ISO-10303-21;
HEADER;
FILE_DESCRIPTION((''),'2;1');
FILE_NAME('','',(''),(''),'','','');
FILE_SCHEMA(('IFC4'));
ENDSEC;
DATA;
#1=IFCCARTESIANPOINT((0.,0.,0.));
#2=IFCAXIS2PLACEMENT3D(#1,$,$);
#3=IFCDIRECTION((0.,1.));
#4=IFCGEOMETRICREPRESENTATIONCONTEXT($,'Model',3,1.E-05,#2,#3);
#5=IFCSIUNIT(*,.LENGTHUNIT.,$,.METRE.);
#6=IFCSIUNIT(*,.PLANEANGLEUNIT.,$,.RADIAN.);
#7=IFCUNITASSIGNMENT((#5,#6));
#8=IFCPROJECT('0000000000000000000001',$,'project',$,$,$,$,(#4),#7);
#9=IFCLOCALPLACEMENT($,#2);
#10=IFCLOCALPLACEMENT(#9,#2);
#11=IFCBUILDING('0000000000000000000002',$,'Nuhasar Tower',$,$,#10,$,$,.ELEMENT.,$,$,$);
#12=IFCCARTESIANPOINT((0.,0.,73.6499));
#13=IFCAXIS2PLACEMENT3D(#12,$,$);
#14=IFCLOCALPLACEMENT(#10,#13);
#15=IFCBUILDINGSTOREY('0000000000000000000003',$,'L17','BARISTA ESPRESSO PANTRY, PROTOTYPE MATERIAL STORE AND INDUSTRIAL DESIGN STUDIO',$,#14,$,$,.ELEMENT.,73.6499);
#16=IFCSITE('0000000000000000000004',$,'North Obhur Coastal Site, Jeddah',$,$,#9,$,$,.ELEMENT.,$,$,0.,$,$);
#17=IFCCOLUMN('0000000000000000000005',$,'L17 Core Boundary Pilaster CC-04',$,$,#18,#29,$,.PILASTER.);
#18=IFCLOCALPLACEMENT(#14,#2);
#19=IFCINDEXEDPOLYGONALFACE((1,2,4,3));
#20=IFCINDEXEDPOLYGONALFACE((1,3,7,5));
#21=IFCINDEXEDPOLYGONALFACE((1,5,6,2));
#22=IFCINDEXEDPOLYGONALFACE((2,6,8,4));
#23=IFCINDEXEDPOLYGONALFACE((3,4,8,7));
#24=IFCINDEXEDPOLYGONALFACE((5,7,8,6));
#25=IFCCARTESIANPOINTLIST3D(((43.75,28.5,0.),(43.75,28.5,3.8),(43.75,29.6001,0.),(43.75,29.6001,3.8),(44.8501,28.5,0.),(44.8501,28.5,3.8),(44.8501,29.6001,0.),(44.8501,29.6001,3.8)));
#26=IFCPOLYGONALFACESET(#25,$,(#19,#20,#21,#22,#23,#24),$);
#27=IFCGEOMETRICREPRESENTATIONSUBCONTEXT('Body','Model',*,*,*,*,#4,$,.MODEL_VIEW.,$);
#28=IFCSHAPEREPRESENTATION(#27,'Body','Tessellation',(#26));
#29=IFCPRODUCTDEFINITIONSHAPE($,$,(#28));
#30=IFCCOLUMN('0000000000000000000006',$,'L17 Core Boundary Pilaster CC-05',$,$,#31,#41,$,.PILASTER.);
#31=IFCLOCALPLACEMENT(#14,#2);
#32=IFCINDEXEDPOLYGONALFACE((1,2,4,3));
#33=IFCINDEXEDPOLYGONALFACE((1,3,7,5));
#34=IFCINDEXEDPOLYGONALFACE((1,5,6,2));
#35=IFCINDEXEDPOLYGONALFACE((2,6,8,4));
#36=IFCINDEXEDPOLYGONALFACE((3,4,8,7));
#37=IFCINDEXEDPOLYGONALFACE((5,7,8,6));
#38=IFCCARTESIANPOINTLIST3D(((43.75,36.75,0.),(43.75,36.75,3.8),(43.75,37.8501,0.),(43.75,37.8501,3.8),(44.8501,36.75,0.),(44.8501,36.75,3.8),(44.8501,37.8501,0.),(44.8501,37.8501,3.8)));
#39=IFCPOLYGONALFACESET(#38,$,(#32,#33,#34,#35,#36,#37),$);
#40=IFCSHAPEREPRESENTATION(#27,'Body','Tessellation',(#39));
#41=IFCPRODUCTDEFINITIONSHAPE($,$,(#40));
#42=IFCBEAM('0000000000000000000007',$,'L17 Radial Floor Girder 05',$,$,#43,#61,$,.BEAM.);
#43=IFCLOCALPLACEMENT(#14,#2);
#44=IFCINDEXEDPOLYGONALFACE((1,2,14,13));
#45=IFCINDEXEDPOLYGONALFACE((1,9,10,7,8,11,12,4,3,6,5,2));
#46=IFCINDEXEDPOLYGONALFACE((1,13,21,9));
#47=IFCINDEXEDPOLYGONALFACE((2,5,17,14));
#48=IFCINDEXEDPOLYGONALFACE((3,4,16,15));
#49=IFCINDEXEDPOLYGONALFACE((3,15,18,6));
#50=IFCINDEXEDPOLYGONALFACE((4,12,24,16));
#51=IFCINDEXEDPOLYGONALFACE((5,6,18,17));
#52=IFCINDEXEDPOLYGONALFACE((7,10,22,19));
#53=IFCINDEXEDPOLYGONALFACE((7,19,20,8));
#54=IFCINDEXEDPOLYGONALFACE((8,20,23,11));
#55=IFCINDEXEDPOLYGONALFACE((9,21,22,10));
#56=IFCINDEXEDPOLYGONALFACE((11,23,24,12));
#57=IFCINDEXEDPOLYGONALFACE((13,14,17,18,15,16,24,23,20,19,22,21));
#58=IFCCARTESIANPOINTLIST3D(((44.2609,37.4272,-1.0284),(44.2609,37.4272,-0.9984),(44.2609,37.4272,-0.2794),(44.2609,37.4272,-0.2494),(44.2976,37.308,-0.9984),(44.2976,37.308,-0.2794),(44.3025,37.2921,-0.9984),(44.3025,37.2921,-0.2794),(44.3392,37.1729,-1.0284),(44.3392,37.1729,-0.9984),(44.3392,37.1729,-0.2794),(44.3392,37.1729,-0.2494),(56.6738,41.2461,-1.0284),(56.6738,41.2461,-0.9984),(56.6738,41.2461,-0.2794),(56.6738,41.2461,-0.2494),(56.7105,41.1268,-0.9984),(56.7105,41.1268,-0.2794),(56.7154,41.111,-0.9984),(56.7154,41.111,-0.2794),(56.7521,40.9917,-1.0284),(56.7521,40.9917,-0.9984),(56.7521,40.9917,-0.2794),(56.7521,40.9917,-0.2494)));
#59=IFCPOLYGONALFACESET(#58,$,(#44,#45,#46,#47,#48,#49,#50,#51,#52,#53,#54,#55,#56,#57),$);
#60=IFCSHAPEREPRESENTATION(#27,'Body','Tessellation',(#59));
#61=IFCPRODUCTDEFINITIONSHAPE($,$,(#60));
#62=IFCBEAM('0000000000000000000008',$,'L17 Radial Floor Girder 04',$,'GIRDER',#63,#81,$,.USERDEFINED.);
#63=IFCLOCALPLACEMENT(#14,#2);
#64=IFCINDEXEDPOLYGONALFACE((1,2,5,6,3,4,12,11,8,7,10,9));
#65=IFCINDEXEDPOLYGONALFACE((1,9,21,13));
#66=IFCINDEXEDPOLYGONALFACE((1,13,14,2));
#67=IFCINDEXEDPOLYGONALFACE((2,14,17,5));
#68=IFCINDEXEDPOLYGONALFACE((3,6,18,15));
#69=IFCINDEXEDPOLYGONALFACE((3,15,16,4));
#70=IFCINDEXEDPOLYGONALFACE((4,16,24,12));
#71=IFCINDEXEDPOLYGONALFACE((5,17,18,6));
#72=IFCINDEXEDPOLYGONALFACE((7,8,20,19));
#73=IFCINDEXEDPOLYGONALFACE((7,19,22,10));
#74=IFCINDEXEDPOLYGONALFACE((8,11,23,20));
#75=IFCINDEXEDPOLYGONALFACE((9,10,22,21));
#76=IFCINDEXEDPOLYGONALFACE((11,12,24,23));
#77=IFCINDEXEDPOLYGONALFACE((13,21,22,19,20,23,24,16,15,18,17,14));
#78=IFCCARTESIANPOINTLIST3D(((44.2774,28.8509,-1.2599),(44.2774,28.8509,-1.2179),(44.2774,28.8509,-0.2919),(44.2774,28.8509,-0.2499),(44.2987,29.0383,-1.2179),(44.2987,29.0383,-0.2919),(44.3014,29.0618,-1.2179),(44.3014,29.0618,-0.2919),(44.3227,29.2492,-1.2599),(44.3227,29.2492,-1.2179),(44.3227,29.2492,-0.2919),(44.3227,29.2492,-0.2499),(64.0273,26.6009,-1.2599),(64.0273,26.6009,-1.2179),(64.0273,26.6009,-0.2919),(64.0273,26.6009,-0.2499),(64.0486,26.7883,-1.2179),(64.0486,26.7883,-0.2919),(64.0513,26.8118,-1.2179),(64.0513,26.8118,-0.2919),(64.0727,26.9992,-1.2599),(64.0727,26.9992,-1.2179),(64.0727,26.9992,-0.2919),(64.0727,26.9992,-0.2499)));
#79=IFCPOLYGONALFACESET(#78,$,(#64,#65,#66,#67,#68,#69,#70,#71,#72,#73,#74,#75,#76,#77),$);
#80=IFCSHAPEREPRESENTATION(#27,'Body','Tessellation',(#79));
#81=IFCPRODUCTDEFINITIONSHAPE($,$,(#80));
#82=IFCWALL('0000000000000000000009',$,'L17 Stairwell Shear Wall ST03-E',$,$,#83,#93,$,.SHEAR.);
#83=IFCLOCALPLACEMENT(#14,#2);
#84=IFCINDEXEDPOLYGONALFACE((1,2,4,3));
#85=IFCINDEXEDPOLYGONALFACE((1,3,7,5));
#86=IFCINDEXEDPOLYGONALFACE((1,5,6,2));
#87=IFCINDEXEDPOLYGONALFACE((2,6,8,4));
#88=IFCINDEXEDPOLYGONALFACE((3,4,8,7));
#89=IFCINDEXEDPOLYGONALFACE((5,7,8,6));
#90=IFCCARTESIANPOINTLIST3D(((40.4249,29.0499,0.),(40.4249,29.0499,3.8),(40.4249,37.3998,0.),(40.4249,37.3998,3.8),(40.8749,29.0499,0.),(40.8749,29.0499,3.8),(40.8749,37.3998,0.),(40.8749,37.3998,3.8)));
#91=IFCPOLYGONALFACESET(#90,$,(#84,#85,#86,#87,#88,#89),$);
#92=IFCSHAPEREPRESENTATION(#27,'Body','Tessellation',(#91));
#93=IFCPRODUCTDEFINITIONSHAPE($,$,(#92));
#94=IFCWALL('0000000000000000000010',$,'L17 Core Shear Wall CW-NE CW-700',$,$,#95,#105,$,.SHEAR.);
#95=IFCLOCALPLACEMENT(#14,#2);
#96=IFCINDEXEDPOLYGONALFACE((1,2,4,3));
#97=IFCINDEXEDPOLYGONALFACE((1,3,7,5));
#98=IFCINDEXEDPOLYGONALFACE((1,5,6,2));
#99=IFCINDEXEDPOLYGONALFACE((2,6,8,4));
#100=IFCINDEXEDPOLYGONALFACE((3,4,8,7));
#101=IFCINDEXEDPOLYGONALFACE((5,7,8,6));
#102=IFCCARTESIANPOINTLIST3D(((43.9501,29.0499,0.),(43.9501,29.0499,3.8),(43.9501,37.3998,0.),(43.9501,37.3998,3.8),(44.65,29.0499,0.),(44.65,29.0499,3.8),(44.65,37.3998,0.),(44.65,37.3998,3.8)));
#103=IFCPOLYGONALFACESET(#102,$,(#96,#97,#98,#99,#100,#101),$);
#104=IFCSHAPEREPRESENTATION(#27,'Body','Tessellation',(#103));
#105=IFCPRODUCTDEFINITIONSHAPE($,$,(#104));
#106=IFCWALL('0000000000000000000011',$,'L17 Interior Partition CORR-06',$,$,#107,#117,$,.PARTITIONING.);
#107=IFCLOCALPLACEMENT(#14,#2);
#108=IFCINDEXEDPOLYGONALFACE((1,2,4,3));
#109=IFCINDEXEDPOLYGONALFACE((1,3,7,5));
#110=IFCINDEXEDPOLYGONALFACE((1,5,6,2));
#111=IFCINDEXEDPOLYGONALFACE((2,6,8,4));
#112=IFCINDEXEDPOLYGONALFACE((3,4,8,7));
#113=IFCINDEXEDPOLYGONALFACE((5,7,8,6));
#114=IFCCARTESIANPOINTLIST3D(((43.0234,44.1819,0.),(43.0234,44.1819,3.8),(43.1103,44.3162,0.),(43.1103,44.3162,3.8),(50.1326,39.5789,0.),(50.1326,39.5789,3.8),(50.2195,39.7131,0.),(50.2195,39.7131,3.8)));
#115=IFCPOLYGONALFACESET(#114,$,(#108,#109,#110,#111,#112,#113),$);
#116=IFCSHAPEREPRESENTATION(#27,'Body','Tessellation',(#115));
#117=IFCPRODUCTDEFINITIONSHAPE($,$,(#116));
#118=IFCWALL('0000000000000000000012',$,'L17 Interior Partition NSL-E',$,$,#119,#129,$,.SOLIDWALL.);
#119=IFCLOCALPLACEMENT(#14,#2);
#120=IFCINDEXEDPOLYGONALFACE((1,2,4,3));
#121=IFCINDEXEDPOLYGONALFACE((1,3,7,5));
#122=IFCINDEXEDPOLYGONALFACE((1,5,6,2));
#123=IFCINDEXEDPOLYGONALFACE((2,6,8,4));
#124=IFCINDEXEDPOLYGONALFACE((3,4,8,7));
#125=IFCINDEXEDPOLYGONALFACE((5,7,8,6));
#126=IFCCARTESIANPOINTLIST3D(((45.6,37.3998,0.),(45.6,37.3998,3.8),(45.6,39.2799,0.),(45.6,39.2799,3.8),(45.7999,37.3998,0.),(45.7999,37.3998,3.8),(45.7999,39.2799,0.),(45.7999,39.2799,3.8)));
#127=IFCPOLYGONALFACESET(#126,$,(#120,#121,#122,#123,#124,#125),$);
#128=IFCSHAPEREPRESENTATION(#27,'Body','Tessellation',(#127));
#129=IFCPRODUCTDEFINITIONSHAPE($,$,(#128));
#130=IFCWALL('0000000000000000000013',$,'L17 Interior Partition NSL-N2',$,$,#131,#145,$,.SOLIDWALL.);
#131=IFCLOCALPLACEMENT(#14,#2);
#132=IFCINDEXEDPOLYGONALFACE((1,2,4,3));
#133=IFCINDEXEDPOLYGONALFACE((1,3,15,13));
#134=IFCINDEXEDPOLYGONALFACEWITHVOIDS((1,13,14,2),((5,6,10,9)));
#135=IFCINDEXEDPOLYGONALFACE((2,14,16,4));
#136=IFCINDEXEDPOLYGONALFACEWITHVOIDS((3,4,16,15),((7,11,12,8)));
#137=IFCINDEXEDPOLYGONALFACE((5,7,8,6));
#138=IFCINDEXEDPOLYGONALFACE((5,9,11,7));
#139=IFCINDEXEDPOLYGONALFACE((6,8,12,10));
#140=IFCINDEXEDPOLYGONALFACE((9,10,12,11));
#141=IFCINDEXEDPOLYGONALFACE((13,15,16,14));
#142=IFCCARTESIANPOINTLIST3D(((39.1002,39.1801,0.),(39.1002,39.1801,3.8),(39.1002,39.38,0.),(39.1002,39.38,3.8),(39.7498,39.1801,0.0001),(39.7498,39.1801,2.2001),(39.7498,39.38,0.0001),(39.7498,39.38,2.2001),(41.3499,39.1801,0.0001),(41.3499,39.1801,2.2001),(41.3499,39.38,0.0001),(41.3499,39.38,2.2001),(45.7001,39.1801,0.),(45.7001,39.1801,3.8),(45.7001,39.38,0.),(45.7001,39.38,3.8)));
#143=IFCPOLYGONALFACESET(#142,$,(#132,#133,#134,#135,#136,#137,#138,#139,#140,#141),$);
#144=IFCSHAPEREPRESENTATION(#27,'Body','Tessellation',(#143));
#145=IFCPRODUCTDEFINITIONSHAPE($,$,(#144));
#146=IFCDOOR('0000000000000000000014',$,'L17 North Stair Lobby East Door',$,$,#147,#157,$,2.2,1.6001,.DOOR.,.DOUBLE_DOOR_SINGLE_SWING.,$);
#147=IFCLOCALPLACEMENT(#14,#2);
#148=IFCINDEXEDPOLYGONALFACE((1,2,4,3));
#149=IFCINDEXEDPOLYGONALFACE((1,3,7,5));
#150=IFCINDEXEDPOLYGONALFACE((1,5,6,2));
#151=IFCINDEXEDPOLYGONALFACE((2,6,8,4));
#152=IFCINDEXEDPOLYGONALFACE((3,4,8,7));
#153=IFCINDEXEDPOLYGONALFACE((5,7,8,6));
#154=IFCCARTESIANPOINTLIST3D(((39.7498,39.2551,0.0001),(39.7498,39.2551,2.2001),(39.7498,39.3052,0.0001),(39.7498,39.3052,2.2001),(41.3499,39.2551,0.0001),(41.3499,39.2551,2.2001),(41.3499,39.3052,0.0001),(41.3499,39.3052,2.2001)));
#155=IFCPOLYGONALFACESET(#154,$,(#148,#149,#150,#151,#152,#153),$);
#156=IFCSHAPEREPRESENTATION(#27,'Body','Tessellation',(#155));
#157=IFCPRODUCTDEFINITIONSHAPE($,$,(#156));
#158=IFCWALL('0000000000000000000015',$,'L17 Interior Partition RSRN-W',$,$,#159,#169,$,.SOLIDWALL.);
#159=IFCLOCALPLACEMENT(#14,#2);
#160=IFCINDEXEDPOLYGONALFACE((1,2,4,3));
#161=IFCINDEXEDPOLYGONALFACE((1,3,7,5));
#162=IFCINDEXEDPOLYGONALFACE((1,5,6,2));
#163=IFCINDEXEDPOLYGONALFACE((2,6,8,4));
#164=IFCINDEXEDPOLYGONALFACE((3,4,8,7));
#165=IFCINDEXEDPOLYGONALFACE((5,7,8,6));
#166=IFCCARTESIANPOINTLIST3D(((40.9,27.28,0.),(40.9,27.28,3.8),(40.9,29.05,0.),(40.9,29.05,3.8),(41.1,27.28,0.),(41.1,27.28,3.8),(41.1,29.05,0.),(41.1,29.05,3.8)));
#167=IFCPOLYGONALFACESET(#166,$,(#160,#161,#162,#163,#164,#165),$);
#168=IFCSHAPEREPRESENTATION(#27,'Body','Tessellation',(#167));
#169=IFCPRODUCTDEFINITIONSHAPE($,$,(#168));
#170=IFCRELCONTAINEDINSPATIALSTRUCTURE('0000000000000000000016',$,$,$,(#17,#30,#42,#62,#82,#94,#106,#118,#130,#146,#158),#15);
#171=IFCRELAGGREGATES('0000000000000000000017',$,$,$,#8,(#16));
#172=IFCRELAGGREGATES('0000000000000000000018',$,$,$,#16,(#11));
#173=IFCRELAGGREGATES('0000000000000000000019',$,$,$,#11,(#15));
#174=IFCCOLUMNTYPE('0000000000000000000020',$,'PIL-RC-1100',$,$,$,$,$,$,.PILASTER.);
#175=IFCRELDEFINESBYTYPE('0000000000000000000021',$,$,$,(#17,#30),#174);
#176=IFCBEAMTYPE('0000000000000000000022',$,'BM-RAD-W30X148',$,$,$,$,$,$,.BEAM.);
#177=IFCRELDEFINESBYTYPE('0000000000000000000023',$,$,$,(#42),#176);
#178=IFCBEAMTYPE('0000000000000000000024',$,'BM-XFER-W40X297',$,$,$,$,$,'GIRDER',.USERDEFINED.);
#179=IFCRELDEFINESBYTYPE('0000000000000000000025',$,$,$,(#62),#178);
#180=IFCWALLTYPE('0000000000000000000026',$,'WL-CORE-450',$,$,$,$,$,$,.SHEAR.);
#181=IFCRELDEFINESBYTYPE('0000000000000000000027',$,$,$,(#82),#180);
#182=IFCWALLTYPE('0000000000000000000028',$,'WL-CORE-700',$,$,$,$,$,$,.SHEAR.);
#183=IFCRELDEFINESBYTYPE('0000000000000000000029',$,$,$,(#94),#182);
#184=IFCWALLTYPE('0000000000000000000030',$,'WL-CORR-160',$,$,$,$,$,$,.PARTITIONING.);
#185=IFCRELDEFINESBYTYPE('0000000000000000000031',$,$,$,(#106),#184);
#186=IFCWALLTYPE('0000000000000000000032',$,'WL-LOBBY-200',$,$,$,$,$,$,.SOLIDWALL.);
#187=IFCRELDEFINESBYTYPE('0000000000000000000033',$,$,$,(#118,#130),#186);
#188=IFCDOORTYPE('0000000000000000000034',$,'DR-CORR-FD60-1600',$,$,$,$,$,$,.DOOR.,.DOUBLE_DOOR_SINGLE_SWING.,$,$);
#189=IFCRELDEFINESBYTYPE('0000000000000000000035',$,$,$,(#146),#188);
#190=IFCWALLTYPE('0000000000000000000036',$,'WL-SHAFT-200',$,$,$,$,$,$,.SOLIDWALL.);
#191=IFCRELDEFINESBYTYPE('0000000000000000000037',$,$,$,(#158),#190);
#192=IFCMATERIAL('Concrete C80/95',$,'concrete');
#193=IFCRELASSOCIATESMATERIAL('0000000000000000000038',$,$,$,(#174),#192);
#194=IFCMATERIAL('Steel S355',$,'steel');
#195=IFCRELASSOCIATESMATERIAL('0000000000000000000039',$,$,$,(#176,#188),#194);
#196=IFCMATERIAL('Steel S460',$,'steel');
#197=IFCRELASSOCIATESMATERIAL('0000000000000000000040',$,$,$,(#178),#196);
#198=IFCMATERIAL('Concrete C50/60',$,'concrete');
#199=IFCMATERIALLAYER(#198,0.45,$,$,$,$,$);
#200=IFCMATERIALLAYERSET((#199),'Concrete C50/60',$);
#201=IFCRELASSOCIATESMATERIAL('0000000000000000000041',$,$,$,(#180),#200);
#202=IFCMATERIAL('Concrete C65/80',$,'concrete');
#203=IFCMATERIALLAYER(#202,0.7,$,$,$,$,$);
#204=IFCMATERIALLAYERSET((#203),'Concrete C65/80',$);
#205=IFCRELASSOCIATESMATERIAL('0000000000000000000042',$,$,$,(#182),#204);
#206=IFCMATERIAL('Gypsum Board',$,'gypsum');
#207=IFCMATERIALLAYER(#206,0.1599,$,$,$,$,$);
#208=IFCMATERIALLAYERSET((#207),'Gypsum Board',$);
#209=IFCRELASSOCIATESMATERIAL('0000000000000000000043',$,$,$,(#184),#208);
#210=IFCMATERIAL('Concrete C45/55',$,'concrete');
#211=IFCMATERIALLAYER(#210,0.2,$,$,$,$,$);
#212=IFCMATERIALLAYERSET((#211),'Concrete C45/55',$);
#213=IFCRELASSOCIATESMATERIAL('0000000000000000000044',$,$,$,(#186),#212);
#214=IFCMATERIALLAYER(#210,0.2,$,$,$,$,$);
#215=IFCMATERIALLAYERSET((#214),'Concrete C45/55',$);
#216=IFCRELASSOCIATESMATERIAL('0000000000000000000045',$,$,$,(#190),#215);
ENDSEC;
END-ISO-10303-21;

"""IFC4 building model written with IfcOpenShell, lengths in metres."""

from ifc_helpers import new_model, si_unit, direction, frame, frame_2d, origin, origin_2d, place, context, subcontext, project, spatial, rectangle, i_section, extrude, material, layer, layer_set, material_profile, profile_set, type_object, element, fill, save


model = new_model("IFC4")

# Units and contexts
model_context = context("Model", 3, precision=1e-05, world=origin(), true_north=direction((0.0, 1.0)))
body_context = subcontext(model_context, "Body", "Model", "MODEL_VIEW")
ifc_project = project(units=[si_unit("LENGTHUNIT", "METRE"), si_unit("PLANEANGLEUNIT", "RADIAN")], contexts=[model_context])

# Site, building, storey
site_placement = place(None, origin())
site = spatial("IfcSite", under=ifc_project, at=site_placement, Name="North Obhur Coastal Site, Jeddah", CompositionType="ELEMENT", RefElevation=0.0)
building_placement = place(site_placement, origin())
building = spatial("IfcBuilding", under=site, at=building_placement, Name="Nuhasar Tower", CompositionType="ELEMENT")
storey_placement = place(building_placement, frame((0.0, 0.0, 73.6499)))
storey = spatial("IfcBuildingStorey", under=building, at=storey_placement, Name="L17", Description="BARISTA ESPRESSO PANTRY, PROTOTYPE MATERIAL STORE AND INDUSTRIAL DESIGN STUDIO", CompositionType="ELEMENT", Elevation=73.6499)

# Columns
ifc_material_1 = material(Name="Concrete C80/95", Category="concrete")
ifc_material_profile_1 = material_profile(ifc_material_1, rectangle(XDim=1.1001, YDim=1.1001, at=origin_2d()), Name="RC1100X1100")
ifc_profile_set_1 = profile_set([ifc_material_profile_1], Name="Concrete C80/95")
column_type = type_object("IfcColumnType", Name="PIL-RC-1100", PredefinedType="PILASTER", material=ifc_profile_set_1)
for number, where, z_axis, x_axis, name in (
    (1, (44.3, 29.05, 0.0), (0.0, 0.0, 1.0), (1.0, 0.0, 0.0), "L17 Core Boundary Pilaster CC-04"),
    (2, (44.3, 37.3, 0.0), (0.0, 0.0, 1.0), (1.0, 0.0, 0.0), "L17 Core Boundary Pilaster CC-05"),
):
    element("IfcColumn", number, at=place(storey_placement, frame(where, z_axis=z_axis, x_axis=x_axis)), inside=storey, type_object=column_type, Name=name, PredefinedType="PILASTER", context=body_context, shape_type="SweptSolid", body=[
        extrude(rectangle(XDim=1.1001, YDim=1.1001, at=origin_2d()), origin(), (0.0, 0.0, 1.0), 3.8),
    ])

# Beams
ifc_material_2 = material(Name="Steel S355", Category="steel")
ifc_material_profile_2 = material_profile(ifc_material_2, i_section(OverallWidth=0.2661, OverallDepth=0.7791, WebThickness=0.0166, FlangeThickness=0.03, at=origin_2d()), Name="W30X148")
ifc_profile_set_2 = profile_set([ifc_material_profile_2], Name="Steel S355")
beam_type_1 = type_object("IfcBeamType", Name="BM-RAD-W30X148", PredefinedType="BEAM", material=ifc_profile_set_2)
beam_1_placement = place(storey_placement, frame((44.3, 37.3, -0.6389), z_axis=(0.95579, 0.294052, 0.0), x_axis=(-0.294052, 0.95579, 0.0)))
element("IfcBeam", 3, at=beam_1_placement, inside=storey, type_object=beam_type_1, Name="L17 Radial Floor Girder 05", PredefinedType="BEAM", context=body_context, shape_type="SweptSolid", body=[
    extrude(i_section(OverallWidth=0.2661, OverallDepth=0.7791, WebThickness=0.0166, FlangeThickness=0.03, at=origin_2d()), origin(), (0.0, 0.0, 1.0), 12.9871),
])
ifc_material_3 = material(Name="Steel S460", Category="steel")
ifc_material_profile_3 = material_profile(ifc_material_3, i_section(OverallWidth=0.4009, OverallDepth=1.01, WebThickness=0.0237, FlangeThickness=0.042, at=origin_2d()), Name="W40X297")
ifc_profile_set_3 = profile_set([ifc_material_profile_3], Name="Steel S460")
beam_type_2 = type_object("IfcBeamType", Name="BM-XFER-W40X297", ElementType="GIRDER", PredefinedType="USERDEFINED", material=ifc_profile_set_3)
beam_2_placement = place(storey_placement, frame((44.3, 29.05, -0.7549), z_axis=(0.993573, -0.113192, 0.0), x_axis=(0.113192, 0.993573, 0.0)))
element("IfcBeam", 4, at=beam_2_placement, inside=storey, type_object=beam_type_2, Name="L17 Radial Floor Girder 04", ObjectType="GIRDER", PredefinedType="USERDEFINED", context=body_context, shape_type="SweptSolid", body=[
    extrude(i_section(OverallWidth=0.4009, OverallDepth=1.01, WebThickness=0.0237, FlangeThickness=0.042, at=origin_2d()), origin(), (0.0, 0.0, 1.0), 19.8777),
])

# Shared definitions
ifc_material_4 = material(Name="Concrete C50/60", Category="concrete")
ifc_layer_1 = layer(ifc_material_4, 0.45)
ifc_layer_set_1 = layer_set([ifc_layer_1], Name="Concrete C50/60")
wall_type_1 = type_object("IfcWallType", Name="WL-CORE-450", PredefinedType="SHEAR", material=ifc_layer_set_1)

# Wall
wall_1_placement = place(storey_placement, frame((40.6499, 29.05, 0.0), z_axis=(0.0, 0.0, 1.0), x_axis=(0.0, 1.0, 0.0)))
element("IfcWall", 5, at=wall_1_placement, inside=storey, type_object=wall_type_1, Name="L17 Stairwell Shear Wall ST03-E", PredefinedType="SHEAR", context=body_context, shape_type="SweptSolid", body=[
    extrude(rectangle(XDim=8.3499, YDim=0.45, at=frame_2d((4.1748, 0.0))), origin(), (0.0, 0.0, 1.0), 3.8),
])

# Walls
ifc_material_5 = material(Name="Concrete C65/80", Category="concrete")
ifc_layer_2 = layer(ifc_material_5, 0.7)
ifc_layer_set_2 = layer_set([ifc_layer_2], Name="Concrete C65/80")
wall_type_2 = type_object("IfcWallType", Name="WL-CORE-700", PredefinedType="SHEAR", material=ifc_layer_set_2)
wall_2_placement = place(storey_placement, frame((44.3, 29.05, 0.0), z_axis=(0.0, 0.0, 1.0), x_axis=(0.0, 1.0, 0.0)))
element("IfcWall", 6, at=wall_2_placement, inside=storey, type_object=wall_type_2, Name="L17 Core Shear Wall CW-NE CW-700", PredefinedType="SHEAR", context=body_context, shape_type="SweptSolid", body=[
    extrude(rectangle(XDim=8.3499, YDim=0.7, at=frame_2d((4.1748, 0.0))), origin(), (0.0, 0.0, 1.0), 3.8),
])
ifc_material_6 = material(Name="Gypsum Board", Category="gypsum")
ifc_layer_3 = layer(ifc_material_6, 0.1599)
ifc_layer_set_3 = layer_set([ifc_layer_3], Name="Gypsum Board")
wall_type_3 = type_object("IfcWallType", Name="WL-CORR-160", PredefinedType="PARTITIONING", material=ifc_layer_set_3)
wall_3_placement = place(storey_placement, frame((50.176, 39.646, 0.0), z_axis=(0.0, 0.0, 1.0), x_axis=(-0.839408, 0.543501, 0.0)))
element("IfcWall", 7, at=wall_3_placement, inside=storey, type_object=wall_type_3, Name="L17 Interior Partition CORR-06", PredefinedType="PARTITIONING", context=body_context, shape_type="SweptSolid", body=[
    extrude(rectangle(XDim=8.4692, YDim=0.1599, at=frame_2d((4.2346, 0.0))), origin(), (0.0, 0.0, 1.0), 3.8),
])
ifc_material_7 = material(Name="Concrete C45/55", Category="concrete")
ifc_layer_4 = layer(ifc_material_7, 0.2)
ifc_layer_set_4 = layer_set([ifc_layer_4], Name="Concrete C45/55")
wall_type_4 = type_object("IfcWallType", Name="WL-LOBBY-200", PredefinedType="SOLIDWALL", material=ifc_layer_set_4)
wall_4_placement = place(storey_placement, frame((45.7, 37.3999, 0.0), z_axis=(0.0, 0.0, 1.0), x_axis=(0.0, 1.0, 0.0)))
element("IfcWall", 8, at=wall_4_placement, inside=storey, type_object=wall_type_4, Name="L17 Interior Partition NSL-E", PredefinedType="SOLIDWALL", context=body_context, shape_type="SweptSolid", body=[
    extrude(rectangle(XDim=1.8801, YDim=0.2, at=frame_2d((0.9399, 0.0))), origin(), (0.0, 0.0, 1.0), 3.8),
])

# Wall, opening, door
wall_5_placement = place(storey_placement, frame((45.7, 39.28, 0.0), z_axis=(0.0, 0.0, 1.0), x_axis=(-1.0, 0.0, 0.0)))
wall_5 = element("IfcWall", 9, at=wall_5_placement, inside=storey, type_object=wall_type_4, Name="L17 Interior Partition NSL-N2", PredefinedType="SOLIDWALL", context=body_context, shape_type="SweptSolid", body=[
    extrude(rectangle(XDim=6.5999, YDim=0.2, at=frame_2d((3.2998, 0.0))), origin(), (0.0, 0.0, 1.0), 3.8),
])
opening_1_placement = place(wall_5_placement, frame((4.3501, 0.0, 0.0)))
opening_1 = element("IfcOpeningElement", 10, at=opening_1_placement, cuts=wall_5, PredefinedType="OPENING", context=body_context, shape_type="SweptSolid", body=[
    extrude(rectangle(XDim=1.6001, YDim=2.2, at=frame_2d((0.8, 1.1001))), frame((0.0, 0.1099, 0.0), z_axis=(0.0, -1.0, 0.0), x_axis=(1.0, 0.0, 0.0)), (0.0, 0.0, 1.0), 0.22),
])
door_type_1 = type_object("IfcDoorType", Name="DR-CORR-FD60-1600", OperationType="DOUBLE_DOOR_SINGLE_SWING", PredefinedType="DOOR", material=ifc_material_2)
door_1_placement = place(opening_1_placement, origin())
door_1 = element("IfcDoor", 11, at=door_1_placement, inside=storey, type_object=door_type_1, Name="L17 North Stair Lobby East Door", OperationType="DOUBLE_DOOR_SINGLE_SWING", OverallHeight=2.2, OverallWidth=1.6001, PredefinedType="DOOR", context=body_context, shape_type="SweptSolid", body=[
    extrude(rectangle(XDim=1.6001, YDim=2.2, at=frame_2d((0.8, 1.1001))), frame((0.0, 0.0249, 0.0), z_axis=(0.0, -1.0, 0.0), x_axis=(1.0, 0.0, 0.0)), (0.0, 0.0, 1.0), 0.05),
])
fill(opening_1, door_1)

# Wall
ifc_layer_5 = layer(ifc_material_7, 0.2)
ifc_layer_set_5 = layer_set([ifc_layer_5], Name="Concrete C45/55")
wall_type_5 = type_object("IfcWallType", Name="WL-SHAFT-200", PredefinedType="SOLIDWALL", material=ifc_layer_set_5)
for number, where, z_axis, x_axis, name in (
    (12, (41.0, 27.28, 0.0), (0.0, 0.0, 1.0), (0.0, 1.0, 0.0), "L17 Interior Partition RSRN-W"),
):
    element("IfcWall", number, at=place(storey_placement, frame(where, z_axis=z_axis, x_axis=x_axis)), inside=storey, type_object=wall_type_5, Name=name, PredefinedType="SOLIDWALL", context=body_context, shape_type="SweptSolid", body=[
        extrude(rectangle(XDim=1.77, YDim=0.2, at=frame_2d((0.885, 0.0))), origin(), (0.0, 0.0, 1.0), 3.8),
    ])

save(model, "model.ifc")
